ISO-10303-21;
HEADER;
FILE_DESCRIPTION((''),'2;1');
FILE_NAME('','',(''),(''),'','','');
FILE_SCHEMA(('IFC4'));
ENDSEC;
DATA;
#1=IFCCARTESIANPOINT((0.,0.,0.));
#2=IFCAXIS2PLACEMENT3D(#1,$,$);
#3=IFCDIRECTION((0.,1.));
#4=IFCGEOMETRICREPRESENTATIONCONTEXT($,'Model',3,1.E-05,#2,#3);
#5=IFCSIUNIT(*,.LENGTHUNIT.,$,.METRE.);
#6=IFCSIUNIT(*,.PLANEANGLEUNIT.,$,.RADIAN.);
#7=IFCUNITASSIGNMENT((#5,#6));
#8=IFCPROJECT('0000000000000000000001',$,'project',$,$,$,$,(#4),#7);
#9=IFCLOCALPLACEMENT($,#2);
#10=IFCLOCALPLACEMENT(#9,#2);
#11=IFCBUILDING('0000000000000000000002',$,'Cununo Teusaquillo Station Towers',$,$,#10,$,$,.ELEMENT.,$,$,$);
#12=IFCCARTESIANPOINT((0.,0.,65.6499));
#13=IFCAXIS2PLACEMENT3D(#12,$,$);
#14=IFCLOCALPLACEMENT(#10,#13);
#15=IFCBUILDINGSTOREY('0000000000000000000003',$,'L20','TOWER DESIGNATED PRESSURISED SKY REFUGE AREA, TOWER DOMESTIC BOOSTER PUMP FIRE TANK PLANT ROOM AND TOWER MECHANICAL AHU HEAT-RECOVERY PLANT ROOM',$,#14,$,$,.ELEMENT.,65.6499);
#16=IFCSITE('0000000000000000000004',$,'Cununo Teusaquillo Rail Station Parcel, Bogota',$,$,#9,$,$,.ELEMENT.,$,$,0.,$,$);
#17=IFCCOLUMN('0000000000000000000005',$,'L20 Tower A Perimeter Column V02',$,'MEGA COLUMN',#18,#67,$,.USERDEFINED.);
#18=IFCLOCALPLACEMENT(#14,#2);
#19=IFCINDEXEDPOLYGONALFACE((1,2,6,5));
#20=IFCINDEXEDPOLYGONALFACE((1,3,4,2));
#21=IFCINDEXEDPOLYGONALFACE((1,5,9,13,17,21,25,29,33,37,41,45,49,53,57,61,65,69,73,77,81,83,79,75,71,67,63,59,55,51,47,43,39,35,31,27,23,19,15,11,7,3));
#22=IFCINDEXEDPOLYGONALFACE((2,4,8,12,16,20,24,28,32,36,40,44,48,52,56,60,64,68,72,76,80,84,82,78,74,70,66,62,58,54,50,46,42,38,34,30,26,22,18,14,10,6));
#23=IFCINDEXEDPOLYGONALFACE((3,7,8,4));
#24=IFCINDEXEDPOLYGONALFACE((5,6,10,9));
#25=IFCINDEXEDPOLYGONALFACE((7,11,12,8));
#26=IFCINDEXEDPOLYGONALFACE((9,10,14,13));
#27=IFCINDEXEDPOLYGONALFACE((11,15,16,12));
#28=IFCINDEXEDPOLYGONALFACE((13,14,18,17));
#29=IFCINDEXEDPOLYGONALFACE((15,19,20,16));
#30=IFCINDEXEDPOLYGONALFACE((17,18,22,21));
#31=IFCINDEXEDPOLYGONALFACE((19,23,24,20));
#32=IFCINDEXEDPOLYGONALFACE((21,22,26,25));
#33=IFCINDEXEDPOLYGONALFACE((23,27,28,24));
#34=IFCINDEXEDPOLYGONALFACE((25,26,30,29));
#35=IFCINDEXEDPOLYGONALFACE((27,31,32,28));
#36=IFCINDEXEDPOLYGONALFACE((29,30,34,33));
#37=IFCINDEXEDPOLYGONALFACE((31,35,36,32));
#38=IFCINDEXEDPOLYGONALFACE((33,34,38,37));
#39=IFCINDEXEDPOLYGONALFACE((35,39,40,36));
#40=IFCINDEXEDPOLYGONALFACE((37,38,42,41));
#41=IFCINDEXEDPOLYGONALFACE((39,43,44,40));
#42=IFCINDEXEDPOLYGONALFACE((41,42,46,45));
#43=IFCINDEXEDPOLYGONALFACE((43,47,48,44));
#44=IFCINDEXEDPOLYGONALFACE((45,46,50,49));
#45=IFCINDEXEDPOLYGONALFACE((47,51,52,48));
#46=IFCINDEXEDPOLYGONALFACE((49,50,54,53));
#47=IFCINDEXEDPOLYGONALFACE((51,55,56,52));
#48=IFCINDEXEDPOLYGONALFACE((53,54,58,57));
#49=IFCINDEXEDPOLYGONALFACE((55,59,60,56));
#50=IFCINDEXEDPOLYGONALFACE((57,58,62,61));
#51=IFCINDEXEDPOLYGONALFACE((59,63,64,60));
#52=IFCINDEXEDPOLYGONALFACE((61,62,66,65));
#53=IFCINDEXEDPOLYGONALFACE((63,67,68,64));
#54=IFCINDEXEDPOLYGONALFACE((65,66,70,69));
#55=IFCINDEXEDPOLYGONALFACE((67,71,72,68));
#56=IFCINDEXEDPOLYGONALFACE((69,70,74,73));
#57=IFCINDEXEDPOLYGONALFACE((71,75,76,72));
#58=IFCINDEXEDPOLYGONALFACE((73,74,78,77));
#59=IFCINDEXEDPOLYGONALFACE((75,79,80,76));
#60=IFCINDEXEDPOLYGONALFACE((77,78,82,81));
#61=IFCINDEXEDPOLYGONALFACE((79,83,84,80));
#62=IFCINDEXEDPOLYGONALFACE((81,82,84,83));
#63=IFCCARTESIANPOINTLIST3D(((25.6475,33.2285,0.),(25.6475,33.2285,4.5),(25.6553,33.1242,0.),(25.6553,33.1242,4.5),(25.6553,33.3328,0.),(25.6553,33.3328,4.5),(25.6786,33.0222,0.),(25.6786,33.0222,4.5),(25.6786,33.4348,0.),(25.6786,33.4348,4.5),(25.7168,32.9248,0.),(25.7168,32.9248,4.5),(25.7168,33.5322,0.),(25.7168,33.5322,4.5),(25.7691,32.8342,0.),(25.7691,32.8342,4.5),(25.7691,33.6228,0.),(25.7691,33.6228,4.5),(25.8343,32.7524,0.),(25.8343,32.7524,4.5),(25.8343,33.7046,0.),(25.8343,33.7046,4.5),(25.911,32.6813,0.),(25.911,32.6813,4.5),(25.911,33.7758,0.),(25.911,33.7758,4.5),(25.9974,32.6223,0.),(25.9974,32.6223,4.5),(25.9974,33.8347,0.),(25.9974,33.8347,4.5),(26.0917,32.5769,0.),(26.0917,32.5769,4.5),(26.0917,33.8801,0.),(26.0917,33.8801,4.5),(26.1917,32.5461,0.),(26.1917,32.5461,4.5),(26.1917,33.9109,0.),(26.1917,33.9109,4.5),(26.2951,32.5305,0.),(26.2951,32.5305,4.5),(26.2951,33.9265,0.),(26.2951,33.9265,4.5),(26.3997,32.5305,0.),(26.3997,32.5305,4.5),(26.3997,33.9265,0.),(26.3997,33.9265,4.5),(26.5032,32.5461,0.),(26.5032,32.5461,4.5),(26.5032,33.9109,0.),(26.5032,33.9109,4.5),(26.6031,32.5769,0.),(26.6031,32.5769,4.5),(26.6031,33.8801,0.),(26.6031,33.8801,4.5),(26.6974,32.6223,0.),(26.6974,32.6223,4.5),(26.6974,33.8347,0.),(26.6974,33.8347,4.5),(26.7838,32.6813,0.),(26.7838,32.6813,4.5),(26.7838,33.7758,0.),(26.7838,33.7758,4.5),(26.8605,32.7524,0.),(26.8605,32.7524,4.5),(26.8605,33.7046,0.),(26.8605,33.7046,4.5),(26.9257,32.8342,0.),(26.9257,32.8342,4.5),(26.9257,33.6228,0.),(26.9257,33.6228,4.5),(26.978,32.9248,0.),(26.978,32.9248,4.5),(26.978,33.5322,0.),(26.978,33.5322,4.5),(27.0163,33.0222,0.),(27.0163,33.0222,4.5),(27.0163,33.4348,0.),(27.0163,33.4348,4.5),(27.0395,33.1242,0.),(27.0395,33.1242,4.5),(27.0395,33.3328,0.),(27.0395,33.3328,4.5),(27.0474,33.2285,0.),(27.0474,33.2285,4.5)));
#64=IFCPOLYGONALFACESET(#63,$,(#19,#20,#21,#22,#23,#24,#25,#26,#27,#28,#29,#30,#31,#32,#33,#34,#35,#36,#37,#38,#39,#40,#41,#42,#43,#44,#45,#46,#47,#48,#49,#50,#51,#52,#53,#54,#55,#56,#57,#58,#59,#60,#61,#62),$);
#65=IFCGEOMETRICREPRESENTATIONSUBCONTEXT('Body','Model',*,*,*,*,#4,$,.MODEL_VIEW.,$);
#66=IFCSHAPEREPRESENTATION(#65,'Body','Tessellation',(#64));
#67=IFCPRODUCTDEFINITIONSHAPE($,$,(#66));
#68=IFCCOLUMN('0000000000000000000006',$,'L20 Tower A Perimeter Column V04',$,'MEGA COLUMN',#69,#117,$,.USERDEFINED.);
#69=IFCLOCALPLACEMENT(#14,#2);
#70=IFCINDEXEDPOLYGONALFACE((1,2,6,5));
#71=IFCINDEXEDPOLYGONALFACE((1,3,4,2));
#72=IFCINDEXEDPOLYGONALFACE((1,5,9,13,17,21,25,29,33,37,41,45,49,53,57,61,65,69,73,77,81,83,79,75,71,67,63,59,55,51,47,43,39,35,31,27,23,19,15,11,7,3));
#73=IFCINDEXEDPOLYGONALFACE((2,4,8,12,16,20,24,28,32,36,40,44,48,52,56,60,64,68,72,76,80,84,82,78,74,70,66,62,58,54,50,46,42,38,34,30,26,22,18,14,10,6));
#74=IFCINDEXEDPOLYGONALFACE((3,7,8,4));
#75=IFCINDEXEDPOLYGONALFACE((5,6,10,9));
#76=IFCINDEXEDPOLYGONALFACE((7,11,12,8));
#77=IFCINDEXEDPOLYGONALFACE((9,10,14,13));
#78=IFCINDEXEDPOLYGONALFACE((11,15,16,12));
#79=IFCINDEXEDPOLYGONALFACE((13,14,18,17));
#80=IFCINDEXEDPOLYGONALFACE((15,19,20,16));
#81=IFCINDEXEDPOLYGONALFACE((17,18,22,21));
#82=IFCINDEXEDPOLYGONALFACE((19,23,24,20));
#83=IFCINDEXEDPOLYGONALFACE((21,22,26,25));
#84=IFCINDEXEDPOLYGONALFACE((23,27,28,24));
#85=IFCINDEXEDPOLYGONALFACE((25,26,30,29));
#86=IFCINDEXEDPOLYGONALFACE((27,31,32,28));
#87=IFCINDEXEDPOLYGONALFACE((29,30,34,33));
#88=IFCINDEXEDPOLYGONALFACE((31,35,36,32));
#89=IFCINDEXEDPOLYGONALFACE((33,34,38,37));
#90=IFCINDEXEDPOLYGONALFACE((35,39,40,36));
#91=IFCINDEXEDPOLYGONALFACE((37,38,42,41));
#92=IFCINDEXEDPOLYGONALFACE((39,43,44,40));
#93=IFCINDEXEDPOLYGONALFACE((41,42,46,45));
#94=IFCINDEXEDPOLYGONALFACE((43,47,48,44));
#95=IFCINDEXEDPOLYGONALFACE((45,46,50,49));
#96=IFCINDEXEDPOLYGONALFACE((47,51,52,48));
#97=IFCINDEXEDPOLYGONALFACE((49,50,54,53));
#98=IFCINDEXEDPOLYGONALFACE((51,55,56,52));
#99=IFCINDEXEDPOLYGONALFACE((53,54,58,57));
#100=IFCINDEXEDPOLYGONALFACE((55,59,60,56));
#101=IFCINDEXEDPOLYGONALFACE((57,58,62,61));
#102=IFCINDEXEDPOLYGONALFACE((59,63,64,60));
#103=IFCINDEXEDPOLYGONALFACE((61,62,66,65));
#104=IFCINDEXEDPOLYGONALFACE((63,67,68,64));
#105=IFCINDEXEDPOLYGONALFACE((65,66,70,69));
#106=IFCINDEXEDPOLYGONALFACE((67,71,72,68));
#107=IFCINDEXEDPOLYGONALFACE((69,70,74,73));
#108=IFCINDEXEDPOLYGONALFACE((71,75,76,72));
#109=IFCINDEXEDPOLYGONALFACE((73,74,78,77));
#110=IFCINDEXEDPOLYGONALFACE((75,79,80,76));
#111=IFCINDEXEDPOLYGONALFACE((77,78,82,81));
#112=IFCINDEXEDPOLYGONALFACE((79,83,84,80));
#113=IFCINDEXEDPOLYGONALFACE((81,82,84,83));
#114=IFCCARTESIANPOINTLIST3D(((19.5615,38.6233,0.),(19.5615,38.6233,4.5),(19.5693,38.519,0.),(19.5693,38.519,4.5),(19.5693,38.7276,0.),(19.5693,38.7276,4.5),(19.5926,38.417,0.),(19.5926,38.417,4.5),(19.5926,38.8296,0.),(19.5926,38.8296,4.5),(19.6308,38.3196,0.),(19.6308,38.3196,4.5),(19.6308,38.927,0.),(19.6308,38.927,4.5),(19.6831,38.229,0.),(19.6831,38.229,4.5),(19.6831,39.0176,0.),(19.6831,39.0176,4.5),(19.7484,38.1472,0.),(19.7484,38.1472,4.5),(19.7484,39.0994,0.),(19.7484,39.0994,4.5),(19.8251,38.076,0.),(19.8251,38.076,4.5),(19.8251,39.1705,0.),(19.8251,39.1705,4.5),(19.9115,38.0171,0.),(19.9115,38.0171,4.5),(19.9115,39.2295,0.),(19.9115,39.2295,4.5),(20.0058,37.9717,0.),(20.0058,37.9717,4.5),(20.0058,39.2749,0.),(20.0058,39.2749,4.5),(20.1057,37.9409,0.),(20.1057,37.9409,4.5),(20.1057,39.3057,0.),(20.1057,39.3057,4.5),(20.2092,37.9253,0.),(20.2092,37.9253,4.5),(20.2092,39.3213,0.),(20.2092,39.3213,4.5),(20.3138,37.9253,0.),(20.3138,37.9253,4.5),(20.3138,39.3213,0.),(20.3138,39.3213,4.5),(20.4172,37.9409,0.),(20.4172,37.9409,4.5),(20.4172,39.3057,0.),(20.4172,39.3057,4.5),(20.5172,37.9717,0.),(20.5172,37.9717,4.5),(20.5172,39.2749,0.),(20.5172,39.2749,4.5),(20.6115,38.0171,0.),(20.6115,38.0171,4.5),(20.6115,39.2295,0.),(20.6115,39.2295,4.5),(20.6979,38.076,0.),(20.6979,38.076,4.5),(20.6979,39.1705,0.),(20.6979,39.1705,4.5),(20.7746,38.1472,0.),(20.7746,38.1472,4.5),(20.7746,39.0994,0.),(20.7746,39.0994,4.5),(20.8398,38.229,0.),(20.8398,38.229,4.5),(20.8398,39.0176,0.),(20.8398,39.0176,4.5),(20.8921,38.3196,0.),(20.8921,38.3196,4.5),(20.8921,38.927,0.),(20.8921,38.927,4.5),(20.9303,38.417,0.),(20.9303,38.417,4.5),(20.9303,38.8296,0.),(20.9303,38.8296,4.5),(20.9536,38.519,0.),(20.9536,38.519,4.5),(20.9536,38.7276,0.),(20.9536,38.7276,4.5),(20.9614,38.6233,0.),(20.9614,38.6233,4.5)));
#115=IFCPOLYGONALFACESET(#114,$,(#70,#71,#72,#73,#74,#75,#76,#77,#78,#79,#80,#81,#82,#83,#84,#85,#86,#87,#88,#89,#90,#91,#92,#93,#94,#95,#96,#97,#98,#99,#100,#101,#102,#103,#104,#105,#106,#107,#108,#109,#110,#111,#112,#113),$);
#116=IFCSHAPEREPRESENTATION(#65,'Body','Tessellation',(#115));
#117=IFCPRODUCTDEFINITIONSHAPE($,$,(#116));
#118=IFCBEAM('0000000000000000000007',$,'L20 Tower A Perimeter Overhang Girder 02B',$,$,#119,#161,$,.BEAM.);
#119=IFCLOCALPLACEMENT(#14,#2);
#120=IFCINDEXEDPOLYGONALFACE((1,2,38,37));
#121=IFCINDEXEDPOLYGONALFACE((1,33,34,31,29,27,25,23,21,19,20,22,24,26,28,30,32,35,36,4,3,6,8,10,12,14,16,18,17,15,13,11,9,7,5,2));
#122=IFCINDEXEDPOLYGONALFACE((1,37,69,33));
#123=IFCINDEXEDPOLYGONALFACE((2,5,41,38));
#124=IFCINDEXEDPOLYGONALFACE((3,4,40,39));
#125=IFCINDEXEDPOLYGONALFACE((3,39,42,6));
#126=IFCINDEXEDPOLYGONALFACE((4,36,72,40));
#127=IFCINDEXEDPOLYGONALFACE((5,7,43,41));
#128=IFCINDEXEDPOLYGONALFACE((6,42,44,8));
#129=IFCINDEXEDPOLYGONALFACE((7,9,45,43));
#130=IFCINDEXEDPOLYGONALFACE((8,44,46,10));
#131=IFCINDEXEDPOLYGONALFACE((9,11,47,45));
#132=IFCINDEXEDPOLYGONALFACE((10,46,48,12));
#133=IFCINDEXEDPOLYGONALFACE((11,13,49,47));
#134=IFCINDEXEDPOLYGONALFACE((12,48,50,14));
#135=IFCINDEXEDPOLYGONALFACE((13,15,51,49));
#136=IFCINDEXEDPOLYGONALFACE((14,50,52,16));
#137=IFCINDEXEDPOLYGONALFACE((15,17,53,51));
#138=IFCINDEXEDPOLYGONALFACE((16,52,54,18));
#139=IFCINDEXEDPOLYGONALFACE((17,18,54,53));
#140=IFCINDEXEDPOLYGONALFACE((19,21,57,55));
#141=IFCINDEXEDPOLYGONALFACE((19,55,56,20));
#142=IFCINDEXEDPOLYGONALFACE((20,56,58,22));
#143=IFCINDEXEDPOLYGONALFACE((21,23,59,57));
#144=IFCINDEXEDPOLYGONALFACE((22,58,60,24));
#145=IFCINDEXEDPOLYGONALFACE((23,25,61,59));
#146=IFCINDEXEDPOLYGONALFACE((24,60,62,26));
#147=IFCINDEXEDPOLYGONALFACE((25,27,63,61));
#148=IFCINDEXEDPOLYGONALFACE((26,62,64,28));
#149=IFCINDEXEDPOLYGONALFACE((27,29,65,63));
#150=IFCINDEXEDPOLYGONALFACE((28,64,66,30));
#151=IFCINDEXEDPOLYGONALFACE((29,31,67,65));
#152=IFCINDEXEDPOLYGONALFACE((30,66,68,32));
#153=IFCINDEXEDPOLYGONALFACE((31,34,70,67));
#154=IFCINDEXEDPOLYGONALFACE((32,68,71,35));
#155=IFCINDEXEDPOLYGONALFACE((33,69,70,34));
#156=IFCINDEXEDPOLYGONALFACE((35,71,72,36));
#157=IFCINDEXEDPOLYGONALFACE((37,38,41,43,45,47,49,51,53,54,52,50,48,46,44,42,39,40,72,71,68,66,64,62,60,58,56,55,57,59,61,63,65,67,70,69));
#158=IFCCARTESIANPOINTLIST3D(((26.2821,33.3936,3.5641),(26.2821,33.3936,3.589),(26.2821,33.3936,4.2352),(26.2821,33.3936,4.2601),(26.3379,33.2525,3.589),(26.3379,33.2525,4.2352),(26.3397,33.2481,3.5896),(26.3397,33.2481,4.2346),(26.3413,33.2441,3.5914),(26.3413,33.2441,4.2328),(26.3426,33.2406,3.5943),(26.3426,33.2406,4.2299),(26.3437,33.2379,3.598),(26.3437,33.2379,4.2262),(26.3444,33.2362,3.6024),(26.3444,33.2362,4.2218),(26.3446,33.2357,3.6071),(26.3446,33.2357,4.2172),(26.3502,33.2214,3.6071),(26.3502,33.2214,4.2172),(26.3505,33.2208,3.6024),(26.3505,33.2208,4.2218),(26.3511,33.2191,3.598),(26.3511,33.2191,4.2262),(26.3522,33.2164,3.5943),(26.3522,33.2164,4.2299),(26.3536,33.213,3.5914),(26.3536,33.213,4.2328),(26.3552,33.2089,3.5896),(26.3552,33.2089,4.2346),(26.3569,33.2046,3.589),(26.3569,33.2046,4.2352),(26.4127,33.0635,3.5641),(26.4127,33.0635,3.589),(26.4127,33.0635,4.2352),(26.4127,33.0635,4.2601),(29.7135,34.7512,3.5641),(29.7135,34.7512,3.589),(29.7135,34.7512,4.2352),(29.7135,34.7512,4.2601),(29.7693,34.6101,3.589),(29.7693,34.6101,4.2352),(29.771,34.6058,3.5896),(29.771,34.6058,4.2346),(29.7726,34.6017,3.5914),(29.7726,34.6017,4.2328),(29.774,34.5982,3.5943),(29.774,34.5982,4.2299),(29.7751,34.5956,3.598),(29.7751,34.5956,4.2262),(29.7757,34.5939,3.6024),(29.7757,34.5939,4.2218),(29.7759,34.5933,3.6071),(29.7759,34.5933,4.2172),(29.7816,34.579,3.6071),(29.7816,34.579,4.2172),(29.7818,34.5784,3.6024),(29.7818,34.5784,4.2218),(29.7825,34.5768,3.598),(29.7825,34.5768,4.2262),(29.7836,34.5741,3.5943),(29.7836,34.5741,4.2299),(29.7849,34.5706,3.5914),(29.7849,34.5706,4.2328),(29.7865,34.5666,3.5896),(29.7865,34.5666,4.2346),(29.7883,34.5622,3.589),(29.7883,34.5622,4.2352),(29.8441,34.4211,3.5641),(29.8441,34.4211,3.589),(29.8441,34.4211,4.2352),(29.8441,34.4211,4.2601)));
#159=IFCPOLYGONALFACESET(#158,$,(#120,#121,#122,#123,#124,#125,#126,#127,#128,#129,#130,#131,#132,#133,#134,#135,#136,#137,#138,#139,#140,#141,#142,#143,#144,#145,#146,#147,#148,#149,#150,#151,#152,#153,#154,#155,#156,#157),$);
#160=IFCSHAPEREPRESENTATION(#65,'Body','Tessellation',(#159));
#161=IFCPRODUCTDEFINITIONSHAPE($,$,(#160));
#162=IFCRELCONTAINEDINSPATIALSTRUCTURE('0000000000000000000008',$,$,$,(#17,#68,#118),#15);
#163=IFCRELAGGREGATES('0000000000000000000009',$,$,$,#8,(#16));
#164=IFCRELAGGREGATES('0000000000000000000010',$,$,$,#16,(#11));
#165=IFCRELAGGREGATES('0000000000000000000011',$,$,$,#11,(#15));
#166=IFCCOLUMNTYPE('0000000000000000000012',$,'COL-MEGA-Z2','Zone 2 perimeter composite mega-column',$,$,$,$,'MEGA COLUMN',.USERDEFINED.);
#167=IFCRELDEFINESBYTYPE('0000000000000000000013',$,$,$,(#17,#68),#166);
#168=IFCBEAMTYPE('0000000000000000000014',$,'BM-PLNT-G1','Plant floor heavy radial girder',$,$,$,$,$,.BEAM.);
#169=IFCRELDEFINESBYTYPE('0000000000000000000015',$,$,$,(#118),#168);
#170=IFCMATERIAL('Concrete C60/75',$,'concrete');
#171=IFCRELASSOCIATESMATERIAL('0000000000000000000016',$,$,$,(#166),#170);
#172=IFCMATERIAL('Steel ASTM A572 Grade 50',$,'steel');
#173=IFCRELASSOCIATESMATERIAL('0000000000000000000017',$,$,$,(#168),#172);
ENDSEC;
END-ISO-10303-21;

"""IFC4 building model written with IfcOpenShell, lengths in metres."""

from ifc_helpers import new_model, si_unit, direction, frame, origin, origin_2d, place, context, subcontext, project, spatial, circle, i_section, extrude, material, material_profile, profile_set, type_object, element, save


model = new_model("IFC4")

# Units and contexts
model_context = context("Model", 3, precision=1e-05, world=origin(), true_north=direction((0.0, 1.0)))
body_context = subcontext(model_context, "Body", "Model", "MODEL_VIEW")
ifc_project = project(units=[si_unit("LENGTHUNIT", "METRE"), si_unit("PLANEANGLEUNIT", "RADIAN")], contexts=[model_context])

# Site, building, storey
site_placement = place(None, origin())
site = spatial("IfcSite", under=ifc_project, at=site_placement, Name="Cununo Teusaquillo Rail Station Parcel, Bogota", CompositionType="ELEMENT", RefElevation=0.0)
building_placement = place(site_placement, origin())
building = spatial("IfcBuilding", under=site, at=building_placement, Name="Cununo Teusaquillo Station Towers", CompositionType="ELEMENT")
storey_placement = place(building_placement, frame((0.0, 0.0, 65.6499)))
storey = spatial("IfcBuildingStorey", under=building, at=storey_placement, Name="L20", Description="TOWER DESIGNATED PRESSURISED SKY REFUGE AREA, TOWER DOMESTIC BOOSTER PUMP FIRE TANK PLANT ROOM AND TOWER MECHANICAL AHU HEAT-RECOVERY PLANT ROOM", CompositionType="ELEMENT", Elevation=65.6499)

# Columns
ifc_material_1 = material(Name="Concrete C60/75", Category="concrete")
ifc_material_profile_1 = material_profile(ifc_material_1, circle(Radius=0.7, at=origin_2d()), Name="RC-CIRC-1400")
ifc_profile_set_1 = profile_set([ifc_material_profile_1], Name="Concrete C60/75")
column_type = type_object("IfcColumnType", Name="COL-MEGA-Z2", Description="Zone 2 perimeter composite mega-column", ElementType="MEGA COLUMN", PredefinedType="USERDEFINED", material=ifc_profile_set_1)
for number, where, z_axis, x_axis, name in (
    (1, (26.3474, 33.2285, 0.0), (0.0, 0.0, 1.0), (1.0, 0.0, 0.0), "L20 Tower A Perimeter Column V02"),
    (2, (20.2615, 38.6233, 0.0), (0.0, 0.0, 1.0), (1.0, 0.0, 0.0), "L20 Tower A Perimeter Column V04"),
):
    element("IfcColumn", number, at=place(storey_placement, frame(where, z_axis=z_axis, x_axis=x_axis)), inside=storey, type_object=column_type, Name=name, ObjectType="MEGA COLUMN", PredefinedType="USERDEFINED", context=body_context, shape_type="SweptSolid", body=[
        extrude(circle(Radius=0.7, at=origin_2d()), origin(), (0.0, 0.0, 1.0), 4.5),
    ])

# Beam
ifc_material_2 = material(Name="Steel ASTM A572 Grade 50", Category="steel")
ifc_material_profile_2 = material_profile(ifc_material_2, i_section(OverallWidth=0.355, OverallDepth=0.696, WebThickness=0.0154, FlangeThickness=0.0249, FilletRadius=0.0181, at=origin_2d()), Name="W27X146")
ifc_profile_set_2 = profile_set([ifc_material_profile_2], Name="Steel ASTM A572 Grade 50")
beam_type_1 = type_object("IfcBeamType", Name="BM-PLNT-G1", Description="Plant floor heavy radial girder", PredefinedType="BEAM", material=ifc_profile_set_2)
beam_1_placement = place(storey_placement, frame((26.3474, 33.2285, 3.9121), z_axis=(0.929862, 0.367909, 0.0), x_axis=(-0.367909, 0.929862, 0.0)))
element("IfcBeam", 3, at=beam_1_placement, inside=storey, type_object=beam_type_1, Name="L20 Tower A Perimeter Overhang Girder 02B", PredefinedType="BEAM", context=body_context, shape_type="SweptSolid", body=[
    extrude(i_section(OverallWidth=0.355, OverallDepth=0.696, WebThickness=0.0154, FlangeThickness=0.0249, FilletRadius=0.0181, at=origin_2d()), origin(), (0.0, 0.0, 1.0), 3.6902),
])

save(model, "model.ifc")
